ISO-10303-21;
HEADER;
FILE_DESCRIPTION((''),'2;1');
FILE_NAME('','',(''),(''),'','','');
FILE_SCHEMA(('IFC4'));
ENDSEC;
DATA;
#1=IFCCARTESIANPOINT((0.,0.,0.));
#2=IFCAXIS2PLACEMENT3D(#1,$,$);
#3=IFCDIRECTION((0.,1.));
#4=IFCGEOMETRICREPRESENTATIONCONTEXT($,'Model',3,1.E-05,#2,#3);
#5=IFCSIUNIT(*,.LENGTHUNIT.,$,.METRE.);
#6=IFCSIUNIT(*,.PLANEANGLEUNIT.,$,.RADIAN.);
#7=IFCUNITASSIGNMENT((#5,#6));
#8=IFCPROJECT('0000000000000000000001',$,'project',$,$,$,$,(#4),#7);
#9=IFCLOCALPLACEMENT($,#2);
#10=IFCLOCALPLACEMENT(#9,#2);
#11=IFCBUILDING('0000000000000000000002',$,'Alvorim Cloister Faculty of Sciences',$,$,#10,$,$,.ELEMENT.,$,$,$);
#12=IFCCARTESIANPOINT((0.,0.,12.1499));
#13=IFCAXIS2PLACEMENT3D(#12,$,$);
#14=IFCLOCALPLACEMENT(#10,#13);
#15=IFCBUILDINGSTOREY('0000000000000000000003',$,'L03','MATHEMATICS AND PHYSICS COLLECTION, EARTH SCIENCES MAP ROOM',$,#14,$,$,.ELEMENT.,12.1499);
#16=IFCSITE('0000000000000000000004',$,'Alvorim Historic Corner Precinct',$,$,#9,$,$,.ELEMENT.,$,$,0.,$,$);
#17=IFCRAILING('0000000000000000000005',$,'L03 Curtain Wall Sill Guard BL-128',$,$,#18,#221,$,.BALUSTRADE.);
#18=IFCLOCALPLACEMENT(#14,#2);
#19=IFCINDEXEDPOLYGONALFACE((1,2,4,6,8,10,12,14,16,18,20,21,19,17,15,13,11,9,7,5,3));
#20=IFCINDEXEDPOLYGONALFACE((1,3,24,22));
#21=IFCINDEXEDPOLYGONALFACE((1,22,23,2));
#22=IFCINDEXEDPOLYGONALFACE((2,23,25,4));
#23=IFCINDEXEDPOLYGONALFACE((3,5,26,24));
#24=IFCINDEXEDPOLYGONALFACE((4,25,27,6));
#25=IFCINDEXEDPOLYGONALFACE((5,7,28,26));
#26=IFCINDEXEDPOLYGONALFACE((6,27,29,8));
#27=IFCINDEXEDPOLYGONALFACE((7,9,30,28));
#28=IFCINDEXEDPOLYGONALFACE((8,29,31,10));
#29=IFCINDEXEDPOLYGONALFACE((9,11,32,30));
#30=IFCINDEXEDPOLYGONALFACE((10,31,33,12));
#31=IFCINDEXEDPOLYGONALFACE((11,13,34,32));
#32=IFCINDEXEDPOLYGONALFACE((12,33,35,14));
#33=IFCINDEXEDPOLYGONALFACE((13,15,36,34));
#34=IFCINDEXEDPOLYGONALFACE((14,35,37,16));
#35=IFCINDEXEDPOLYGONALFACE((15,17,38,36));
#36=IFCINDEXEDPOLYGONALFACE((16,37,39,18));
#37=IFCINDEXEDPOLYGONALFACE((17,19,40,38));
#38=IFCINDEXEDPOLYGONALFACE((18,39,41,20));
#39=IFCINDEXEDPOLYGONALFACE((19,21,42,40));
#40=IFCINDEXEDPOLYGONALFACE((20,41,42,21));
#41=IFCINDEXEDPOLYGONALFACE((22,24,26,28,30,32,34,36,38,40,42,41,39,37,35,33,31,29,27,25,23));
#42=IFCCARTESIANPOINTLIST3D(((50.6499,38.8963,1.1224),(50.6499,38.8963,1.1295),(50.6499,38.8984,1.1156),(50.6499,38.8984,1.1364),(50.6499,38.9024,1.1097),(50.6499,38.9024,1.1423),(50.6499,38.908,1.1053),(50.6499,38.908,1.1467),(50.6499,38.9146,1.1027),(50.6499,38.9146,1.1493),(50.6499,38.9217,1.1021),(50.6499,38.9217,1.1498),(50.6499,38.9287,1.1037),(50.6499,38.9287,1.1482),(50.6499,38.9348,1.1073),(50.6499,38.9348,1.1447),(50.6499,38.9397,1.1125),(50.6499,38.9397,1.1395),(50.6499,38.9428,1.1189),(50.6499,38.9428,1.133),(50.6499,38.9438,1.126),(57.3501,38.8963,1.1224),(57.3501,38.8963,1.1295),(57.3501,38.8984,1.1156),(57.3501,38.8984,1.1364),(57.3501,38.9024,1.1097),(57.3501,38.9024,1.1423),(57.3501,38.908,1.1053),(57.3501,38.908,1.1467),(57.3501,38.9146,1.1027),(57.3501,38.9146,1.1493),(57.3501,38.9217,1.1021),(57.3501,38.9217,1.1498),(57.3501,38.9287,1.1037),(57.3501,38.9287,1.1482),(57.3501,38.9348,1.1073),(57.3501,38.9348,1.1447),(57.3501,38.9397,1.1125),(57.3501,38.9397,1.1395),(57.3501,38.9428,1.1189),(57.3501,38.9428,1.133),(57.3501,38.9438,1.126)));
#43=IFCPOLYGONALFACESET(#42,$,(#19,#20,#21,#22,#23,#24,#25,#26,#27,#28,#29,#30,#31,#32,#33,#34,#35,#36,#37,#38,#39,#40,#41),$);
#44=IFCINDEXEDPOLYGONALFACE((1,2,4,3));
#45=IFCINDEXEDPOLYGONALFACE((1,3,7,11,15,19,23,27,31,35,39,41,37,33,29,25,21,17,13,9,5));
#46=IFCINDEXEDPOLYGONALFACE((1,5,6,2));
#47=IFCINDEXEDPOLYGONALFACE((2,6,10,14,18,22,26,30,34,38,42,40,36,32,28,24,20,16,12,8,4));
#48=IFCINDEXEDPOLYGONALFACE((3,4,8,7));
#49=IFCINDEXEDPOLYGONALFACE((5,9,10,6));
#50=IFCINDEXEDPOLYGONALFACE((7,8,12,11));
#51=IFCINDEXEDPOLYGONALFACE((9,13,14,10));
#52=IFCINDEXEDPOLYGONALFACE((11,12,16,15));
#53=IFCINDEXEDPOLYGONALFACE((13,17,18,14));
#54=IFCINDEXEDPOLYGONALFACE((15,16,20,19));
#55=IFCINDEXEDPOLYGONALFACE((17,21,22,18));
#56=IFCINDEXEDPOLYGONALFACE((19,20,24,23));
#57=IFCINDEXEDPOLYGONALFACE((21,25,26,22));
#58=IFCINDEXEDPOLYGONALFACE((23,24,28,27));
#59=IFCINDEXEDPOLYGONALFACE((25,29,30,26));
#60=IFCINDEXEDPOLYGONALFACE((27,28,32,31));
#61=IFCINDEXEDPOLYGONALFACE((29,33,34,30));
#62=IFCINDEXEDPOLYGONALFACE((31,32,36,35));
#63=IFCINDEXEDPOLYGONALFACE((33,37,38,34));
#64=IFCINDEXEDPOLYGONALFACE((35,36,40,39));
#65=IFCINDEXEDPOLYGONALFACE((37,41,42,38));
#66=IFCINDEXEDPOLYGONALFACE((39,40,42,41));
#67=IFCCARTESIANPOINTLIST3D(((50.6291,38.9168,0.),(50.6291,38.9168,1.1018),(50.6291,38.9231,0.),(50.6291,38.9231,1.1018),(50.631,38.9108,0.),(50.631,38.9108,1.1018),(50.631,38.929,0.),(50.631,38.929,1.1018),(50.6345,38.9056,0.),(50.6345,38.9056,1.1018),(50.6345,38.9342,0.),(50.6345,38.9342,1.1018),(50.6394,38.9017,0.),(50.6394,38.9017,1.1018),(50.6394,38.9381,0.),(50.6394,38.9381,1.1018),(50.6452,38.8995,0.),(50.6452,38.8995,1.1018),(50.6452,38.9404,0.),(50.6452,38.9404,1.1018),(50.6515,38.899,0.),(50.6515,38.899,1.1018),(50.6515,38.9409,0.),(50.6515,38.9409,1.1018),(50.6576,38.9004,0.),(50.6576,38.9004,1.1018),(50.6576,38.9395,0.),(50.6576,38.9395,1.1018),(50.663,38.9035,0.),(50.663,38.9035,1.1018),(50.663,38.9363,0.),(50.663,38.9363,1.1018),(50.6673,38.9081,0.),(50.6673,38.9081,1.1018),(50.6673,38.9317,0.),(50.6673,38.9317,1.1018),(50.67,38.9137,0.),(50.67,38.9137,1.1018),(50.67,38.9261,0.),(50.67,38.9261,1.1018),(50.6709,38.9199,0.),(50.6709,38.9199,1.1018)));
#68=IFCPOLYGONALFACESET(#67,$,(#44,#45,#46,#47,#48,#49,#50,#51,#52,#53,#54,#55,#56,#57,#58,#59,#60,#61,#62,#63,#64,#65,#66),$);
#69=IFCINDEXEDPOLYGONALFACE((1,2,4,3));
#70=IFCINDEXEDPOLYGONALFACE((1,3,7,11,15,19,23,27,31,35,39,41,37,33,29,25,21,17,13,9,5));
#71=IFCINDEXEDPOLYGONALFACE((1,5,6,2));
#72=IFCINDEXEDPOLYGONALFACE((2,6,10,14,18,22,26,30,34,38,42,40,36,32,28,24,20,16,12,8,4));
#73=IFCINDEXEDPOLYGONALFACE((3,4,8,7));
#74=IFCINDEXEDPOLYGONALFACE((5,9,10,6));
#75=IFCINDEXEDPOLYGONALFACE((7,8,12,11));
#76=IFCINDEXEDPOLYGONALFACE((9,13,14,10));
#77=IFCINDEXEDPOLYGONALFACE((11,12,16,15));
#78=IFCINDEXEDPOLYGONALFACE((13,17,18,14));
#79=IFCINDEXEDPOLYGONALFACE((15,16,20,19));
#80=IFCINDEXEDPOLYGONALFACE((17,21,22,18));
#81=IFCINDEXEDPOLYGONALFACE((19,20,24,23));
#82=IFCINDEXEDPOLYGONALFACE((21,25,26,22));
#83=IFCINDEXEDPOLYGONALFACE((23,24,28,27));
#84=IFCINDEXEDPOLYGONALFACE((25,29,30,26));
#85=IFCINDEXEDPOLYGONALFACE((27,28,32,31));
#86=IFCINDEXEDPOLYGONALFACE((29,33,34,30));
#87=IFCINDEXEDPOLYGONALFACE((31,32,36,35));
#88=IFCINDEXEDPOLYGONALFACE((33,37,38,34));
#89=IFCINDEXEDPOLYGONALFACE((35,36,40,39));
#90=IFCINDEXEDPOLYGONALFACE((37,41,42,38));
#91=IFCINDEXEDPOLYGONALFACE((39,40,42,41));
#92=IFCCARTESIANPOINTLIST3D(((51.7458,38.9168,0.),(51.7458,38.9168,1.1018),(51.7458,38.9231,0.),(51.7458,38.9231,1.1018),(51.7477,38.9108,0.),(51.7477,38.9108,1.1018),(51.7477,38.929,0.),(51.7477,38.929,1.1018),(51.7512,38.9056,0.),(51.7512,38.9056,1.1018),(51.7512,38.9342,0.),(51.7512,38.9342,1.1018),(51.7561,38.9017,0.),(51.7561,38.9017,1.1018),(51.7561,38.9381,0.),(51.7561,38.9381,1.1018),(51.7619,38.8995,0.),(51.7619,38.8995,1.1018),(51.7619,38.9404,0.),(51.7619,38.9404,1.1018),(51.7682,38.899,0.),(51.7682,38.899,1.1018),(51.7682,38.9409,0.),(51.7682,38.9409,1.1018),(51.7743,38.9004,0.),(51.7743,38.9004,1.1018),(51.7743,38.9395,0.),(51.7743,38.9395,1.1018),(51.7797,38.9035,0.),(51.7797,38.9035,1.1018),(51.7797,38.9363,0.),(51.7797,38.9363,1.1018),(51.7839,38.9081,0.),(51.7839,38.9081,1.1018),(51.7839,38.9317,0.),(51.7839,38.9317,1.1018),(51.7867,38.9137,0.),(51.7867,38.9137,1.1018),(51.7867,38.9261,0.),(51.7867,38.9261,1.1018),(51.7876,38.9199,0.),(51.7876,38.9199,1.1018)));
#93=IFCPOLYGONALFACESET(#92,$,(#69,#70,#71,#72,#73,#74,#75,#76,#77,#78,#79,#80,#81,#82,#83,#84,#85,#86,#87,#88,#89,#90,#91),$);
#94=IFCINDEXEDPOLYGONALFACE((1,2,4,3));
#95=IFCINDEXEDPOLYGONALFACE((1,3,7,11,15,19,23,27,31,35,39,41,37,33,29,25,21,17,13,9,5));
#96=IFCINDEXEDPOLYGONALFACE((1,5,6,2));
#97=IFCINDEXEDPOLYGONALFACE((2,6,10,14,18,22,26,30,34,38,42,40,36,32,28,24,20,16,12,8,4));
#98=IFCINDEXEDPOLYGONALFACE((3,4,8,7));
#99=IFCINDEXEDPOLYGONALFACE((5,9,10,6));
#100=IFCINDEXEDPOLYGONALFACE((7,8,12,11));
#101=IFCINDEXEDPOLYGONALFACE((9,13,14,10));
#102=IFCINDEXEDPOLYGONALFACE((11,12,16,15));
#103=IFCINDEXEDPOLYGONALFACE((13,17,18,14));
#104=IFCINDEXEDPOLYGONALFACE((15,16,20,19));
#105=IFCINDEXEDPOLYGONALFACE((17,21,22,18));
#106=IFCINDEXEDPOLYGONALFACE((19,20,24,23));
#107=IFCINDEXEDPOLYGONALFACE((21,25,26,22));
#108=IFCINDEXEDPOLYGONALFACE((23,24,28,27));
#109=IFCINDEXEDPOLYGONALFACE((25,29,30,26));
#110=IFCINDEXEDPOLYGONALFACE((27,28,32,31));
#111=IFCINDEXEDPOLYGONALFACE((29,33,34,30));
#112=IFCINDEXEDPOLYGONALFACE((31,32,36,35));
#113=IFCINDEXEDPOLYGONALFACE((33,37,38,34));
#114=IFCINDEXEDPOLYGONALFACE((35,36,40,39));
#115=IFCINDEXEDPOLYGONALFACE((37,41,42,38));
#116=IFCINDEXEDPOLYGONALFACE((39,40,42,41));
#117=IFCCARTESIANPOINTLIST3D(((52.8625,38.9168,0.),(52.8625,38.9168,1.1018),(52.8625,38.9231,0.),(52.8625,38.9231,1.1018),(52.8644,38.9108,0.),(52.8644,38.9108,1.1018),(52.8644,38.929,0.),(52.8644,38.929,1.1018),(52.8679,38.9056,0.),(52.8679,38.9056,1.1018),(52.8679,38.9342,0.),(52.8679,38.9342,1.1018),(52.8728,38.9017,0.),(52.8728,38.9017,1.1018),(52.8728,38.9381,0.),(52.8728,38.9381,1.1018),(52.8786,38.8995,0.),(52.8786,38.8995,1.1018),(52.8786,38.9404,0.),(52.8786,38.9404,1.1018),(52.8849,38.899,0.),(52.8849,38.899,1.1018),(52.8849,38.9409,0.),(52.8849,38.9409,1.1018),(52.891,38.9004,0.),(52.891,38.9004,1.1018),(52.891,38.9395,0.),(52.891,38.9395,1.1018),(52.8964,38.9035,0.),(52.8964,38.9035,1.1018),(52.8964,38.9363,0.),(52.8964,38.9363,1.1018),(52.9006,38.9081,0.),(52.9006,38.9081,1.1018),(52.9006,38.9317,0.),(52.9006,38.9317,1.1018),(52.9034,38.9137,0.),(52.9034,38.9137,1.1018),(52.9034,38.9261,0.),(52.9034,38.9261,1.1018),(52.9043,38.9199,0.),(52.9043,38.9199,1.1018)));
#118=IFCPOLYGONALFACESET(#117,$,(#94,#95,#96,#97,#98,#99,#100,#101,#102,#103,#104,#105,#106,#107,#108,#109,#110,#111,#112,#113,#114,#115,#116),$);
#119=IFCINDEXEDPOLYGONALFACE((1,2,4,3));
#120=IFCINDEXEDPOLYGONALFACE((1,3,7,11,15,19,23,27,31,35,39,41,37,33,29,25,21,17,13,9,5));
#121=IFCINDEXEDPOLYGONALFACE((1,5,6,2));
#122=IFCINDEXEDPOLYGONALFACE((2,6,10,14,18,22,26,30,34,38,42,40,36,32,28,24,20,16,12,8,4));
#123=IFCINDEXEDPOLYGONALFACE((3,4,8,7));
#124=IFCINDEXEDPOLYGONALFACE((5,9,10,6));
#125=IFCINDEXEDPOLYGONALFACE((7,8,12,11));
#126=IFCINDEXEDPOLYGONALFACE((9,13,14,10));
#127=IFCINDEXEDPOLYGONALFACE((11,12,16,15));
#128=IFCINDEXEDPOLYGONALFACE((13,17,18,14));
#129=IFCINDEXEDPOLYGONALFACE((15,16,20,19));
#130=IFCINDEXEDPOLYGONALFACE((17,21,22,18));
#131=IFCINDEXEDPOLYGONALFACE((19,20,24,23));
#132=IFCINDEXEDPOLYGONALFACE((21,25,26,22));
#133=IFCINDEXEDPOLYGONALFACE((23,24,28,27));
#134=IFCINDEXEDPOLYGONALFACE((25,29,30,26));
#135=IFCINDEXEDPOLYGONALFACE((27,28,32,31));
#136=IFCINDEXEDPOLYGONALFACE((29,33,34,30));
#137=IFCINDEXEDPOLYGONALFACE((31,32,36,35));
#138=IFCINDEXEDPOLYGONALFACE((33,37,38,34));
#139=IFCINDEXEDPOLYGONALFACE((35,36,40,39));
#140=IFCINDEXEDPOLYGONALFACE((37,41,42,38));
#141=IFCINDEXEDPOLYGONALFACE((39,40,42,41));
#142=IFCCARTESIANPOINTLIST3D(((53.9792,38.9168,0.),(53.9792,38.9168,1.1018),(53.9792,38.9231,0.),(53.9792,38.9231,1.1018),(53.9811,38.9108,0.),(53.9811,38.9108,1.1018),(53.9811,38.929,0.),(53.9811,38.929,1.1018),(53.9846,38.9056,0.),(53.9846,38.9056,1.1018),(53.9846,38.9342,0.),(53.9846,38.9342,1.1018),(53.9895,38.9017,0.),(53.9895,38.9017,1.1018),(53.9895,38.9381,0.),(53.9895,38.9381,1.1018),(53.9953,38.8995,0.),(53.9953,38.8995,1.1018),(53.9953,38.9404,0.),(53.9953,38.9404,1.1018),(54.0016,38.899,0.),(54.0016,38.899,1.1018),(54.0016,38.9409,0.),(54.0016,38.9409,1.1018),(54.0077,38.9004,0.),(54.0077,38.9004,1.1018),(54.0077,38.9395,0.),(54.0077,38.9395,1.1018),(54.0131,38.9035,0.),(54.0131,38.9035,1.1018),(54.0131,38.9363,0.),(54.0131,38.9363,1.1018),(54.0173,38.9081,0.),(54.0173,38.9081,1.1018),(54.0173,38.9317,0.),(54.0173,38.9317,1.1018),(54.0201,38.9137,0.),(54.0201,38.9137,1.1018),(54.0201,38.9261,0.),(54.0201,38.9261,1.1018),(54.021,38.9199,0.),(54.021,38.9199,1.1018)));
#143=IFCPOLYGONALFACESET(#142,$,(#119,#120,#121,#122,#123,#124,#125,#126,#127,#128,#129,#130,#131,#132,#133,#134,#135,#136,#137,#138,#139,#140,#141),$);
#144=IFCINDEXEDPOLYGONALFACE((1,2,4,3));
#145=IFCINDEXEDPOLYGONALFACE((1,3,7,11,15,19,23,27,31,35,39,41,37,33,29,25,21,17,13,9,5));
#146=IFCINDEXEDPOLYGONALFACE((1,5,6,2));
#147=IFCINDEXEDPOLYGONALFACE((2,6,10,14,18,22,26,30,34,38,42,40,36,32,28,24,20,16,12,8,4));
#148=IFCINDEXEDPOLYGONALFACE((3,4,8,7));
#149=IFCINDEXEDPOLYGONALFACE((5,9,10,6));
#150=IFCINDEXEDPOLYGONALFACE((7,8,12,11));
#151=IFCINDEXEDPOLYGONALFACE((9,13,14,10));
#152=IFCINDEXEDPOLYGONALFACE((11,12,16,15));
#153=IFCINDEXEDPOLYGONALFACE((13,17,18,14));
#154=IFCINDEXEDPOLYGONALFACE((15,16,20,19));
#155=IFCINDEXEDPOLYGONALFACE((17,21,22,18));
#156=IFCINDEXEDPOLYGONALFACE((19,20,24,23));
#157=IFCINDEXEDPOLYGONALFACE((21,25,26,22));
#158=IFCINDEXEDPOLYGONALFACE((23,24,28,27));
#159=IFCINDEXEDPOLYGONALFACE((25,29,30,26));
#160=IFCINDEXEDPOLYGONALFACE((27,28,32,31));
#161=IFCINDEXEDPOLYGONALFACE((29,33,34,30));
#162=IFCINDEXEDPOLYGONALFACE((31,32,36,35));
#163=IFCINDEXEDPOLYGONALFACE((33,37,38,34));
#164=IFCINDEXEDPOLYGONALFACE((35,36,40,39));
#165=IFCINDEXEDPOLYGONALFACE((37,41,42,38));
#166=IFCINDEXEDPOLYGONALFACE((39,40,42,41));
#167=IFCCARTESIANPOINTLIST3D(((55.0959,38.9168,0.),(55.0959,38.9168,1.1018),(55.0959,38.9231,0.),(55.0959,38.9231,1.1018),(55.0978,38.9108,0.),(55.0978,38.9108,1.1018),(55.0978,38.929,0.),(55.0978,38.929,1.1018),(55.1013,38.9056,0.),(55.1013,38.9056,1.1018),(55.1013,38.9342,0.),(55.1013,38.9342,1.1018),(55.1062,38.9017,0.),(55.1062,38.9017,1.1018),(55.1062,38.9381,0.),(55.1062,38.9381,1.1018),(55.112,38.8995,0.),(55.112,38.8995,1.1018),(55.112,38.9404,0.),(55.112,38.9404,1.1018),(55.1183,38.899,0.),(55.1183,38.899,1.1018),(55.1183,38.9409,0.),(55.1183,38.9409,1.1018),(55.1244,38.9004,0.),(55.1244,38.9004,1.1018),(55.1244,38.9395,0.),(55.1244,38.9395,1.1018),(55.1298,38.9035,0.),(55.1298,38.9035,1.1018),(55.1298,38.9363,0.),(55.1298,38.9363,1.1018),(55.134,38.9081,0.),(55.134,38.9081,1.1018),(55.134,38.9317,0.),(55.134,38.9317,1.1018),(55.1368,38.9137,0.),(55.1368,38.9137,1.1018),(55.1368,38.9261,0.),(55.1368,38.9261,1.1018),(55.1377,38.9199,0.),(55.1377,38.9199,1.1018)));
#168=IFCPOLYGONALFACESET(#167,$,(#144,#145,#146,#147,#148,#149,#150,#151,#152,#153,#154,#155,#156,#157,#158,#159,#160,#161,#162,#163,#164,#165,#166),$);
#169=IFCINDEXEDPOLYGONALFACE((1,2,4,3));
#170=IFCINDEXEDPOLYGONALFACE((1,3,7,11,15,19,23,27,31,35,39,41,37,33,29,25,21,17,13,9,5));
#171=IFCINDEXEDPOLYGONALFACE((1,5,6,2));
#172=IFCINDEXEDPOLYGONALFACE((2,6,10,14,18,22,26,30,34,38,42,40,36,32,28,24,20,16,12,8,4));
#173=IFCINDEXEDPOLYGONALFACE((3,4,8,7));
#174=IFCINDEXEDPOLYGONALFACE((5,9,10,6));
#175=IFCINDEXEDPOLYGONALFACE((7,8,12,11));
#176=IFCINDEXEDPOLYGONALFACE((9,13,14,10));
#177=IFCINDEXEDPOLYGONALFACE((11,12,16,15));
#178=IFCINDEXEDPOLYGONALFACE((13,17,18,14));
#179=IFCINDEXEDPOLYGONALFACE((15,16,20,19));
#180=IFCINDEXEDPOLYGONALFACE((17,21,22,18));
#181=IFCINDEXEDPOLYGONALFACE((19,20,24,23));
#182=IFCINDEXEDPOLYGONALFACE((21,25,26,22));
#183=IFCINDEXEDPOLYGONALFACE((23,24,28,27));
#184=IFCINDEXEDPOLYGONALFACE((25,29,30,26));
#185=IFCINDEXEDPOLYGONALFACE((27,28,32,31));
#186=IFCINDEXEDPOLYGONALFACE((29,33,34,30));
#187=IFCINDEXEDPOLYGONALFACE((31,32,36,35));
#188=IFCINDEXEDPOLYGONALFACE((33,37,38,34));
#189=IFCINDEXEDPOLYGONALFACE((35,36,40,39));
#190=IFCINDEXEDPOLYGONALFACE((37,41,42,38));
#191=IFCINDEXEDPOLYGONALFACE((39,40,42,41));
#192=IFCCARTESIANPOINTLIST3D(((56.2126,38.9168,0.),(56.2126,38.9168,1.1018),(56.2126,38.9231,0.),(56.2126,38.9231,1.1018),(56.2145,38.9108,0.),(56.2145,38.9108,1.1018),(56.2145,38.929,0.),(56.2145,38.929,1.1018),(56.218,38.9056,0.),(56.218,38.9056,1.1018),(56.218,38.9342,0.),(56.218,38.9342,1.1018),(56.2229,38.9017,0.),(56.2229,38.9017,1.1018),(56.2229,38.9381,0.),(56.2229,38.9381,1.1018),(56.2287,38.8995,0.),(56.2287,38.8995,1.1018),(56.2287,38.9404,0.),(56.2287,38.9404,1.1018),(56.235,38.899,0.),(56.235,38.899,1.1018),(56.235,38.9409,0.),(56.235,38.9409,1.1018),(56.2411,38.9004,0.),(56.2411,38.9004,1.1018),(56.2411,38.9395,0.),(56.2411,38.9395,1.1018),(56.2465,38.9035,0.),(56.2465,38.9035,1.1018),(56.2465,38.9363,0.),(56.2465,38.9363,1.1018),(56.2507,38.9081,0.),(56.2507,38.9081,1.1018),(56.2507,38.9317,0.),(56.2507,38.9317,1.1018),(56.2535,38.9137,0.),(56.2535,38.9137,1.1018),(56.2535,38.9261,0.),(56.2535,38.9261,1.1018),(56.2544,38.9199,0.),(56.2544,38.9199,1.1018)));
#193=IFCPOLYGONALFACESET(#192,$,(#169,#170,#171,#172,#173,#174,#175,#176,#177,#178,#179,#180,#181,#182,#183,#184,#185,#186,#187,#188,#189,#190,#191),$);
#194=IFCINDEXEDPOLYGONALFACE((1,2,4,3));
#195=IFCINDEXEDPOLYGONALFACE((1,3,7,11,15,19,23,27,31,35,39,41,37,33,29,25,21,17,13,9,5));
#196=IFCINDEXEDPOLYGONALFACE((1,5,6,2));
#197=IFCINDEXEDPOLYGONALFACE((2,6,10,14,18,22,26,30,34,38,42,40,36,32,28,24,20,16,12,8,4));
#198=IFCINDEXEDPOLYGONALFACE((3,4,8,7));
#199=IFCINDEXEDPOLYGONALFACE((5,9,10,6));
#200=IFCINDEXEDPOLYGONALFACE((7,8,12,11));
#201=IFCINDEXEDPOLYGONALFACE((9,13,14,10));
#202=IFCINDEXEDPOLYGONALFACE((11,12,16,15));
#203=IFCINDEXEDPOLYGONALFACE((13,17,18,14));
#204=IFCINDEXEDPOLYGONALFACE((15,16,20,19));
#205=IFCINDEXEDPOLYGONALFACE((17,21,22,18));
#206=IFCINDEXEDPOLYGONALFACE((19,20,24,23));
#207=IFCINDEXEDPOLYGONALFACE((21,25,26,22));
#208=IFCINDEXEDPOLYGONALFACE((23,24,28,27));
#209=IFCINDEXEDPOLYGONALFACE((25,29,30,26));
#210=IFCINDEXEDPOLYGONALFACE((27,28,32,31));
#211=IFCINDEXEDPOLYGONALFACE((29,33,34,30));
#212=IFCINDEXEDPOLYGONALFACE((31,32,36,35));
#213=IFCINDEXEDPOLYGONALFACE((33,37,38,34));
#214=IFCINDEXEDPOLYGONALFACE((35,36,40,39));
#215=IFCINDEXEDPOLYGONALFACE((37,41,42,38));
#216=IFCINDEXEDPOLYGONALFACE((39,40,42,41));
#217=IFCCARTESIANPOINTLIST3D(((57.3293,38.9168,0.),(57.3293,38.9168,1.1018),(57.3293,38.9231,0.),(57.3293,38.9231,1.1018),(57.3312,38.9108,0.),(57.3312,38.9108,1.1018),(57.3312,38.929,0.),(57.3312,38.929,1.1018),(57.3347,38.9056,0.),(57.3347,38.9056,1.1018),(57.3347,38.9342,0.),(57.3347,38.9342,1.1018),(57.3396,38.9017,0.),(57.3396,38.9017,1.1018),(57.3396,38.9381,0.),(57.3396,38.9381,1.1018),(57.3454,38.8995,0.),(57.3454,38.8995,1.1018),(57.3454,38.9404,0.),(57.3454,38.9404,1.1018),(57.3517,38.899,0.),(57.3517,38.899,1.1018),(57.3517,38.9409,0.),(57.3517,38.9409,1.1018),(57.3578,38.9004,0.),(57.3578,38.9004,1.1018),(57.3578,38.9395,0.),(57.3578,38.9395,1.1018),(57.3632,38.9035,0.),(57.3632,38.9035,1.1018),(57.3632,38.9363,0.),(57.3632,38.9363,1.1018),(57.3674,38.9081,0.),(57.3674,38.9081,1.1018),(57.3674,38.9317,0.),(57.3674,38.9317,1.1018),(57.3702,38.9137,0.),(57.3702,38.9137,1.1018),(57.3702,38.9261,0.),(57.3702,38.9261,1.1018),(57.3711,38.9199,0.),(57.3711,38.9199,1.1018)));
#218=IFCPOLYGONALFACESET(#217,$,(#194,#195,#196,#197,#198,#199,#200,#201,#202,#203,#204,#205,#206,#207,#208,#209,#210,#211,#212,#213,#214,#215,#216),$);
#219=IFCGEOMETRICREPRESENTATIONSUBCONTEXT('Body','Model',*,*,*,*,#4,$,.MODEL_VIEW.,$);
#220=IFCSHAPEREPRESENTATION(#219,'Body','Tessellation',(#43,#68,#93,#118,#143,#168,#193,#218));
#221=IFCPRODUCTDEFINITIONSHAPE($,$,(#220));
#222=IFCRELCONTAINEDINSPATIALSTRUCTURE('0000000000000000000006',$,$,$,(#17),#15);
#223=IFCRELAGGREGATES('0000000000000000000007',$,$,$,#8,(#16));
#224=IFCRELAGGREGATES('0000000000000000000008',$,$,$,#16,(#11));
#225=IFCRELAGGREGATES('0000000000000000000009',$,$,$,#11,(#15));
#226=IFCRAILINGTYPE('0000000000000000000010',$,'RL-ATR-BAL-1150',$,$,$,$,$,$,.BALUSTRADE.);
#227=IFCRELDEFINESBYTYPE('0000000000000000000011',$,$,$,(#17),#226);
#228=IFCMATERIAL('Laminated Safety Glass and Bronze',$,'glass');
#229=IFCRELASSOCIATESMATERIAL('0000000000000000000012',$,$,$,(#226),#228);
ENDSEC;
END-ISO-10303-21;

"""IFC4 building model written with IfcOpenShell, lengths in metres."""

from ifc_helpers import new_model, si_unit, direction, frame, origin, origin_2d, place, context, subcontext, project, spatial, circle, extrude, material, type_object, element, save


model = new_model("IFC4")

# Units and contexts
model_context = context("Model", 3, precision=1e-05, world=origin(), true_north=direction((0.0, 1.0)))
body_context = subcontext(model_context, "Body", "Model", "MODEL_VIEW")
ifc_project = project(units=[si_unit("LENGTHUNIT", "METRE"), si_unit("PLANEANGLEUNIT", "RADIAN")], contexts=[model_context])

# Site, building, storey
site_placement = place(None, origin())
site = spatial("IfcSite", under=ifc_project, at=site_placement, Name="Alvorim Historic Corner Precinct", CompositionType="ELEMENT", RefElevation=0.0)
building_placement = place(site_placement, origin())
building = spatial("IfcBuilding", under=site, at=building_placement, Name="Alvorim Cloister Faculty of Sciences", CompositionType="ELEMENT")
storey_placement = place(building_placement, frame((0.0, 0.0, 12.1499)))
storey = spatial("IfcBuildingStorey", under=building, at=storey_placement, Name="L03", Description="MATHEMATICS AND PHYSICS COLLECTION, EARTH SCIENCES MAP ROOM", CompositionType="ELEMENT", Elevation=12.1499)

# Railing
ifc_material_1 = material(Name="Laminated Safety Glass and Bronze", Category="glass")
railing_type = type_object("IfcRailingType", Name="RL-ATR-BAL-1150", PredefinedType="BALUSTRADE", material=ifc_material_1)
railing_placement = place(storey_placement, frame((50.6499, 38.9199, 0.0)))
element("IfcRailing", 1, at=railing_placement, inside=storey, type_object=railing_type, Name="L03 Curtain Wall Sill Guard BL-128", PredefinedType="BALUSTRADE", context=body_context, shape_type="SweptSolid", body=[
    extrude(circle(Radius=0.0239, at=origin_2d()), frame((0.0, 0.0, 1.126), z_axis=(1.0, 0.0, 0.0), x_axis=(0.0, 1.0, 0.0)), (0.0, 0.0, 1.0), 6.7002),
    extrude(circle(Radius=0.021, at=origin_2d()), origin(), (0.0, 0.0, 1.0), 1.1018),
    extrude(circle(Radius=0.021, at=origin_2d()), frame((1.1167, 0.0, 0.0)), (0.0, 0.0, 1.0), 1.1018),
    extrude(circle(Radius=0.021, at=origin_2d()), frame((2.2334, 0.0, 0.0)), (0.0, 0.0, 1.0), 1.1018),
    extrude(circle(Radius=0.021, at=origin_2d()), frame((3.3501, 0.0, 0.0)), (0.0, 0.0, 1.0), 1.1018),
    extrude(circle(Radius=0.021, at=origin_2d()), frame((4.4668, 0.0, 0.0)), (0.0, 0.0, 1.0), 1.1018),
    extrude(circle(Radius=0.021, at=origin_2d()), frame((5.5835, 0.0, 0.0)), (0.0, 0.0, 1.0), 1.1018),
    extrude(circle(Radius=0.021, at=origin_2d()), frame((6.7002, 0.0, 0.0)), (0.0, 0.0, 1.0), 1.1018),
])

save(model, "model.ifc")
